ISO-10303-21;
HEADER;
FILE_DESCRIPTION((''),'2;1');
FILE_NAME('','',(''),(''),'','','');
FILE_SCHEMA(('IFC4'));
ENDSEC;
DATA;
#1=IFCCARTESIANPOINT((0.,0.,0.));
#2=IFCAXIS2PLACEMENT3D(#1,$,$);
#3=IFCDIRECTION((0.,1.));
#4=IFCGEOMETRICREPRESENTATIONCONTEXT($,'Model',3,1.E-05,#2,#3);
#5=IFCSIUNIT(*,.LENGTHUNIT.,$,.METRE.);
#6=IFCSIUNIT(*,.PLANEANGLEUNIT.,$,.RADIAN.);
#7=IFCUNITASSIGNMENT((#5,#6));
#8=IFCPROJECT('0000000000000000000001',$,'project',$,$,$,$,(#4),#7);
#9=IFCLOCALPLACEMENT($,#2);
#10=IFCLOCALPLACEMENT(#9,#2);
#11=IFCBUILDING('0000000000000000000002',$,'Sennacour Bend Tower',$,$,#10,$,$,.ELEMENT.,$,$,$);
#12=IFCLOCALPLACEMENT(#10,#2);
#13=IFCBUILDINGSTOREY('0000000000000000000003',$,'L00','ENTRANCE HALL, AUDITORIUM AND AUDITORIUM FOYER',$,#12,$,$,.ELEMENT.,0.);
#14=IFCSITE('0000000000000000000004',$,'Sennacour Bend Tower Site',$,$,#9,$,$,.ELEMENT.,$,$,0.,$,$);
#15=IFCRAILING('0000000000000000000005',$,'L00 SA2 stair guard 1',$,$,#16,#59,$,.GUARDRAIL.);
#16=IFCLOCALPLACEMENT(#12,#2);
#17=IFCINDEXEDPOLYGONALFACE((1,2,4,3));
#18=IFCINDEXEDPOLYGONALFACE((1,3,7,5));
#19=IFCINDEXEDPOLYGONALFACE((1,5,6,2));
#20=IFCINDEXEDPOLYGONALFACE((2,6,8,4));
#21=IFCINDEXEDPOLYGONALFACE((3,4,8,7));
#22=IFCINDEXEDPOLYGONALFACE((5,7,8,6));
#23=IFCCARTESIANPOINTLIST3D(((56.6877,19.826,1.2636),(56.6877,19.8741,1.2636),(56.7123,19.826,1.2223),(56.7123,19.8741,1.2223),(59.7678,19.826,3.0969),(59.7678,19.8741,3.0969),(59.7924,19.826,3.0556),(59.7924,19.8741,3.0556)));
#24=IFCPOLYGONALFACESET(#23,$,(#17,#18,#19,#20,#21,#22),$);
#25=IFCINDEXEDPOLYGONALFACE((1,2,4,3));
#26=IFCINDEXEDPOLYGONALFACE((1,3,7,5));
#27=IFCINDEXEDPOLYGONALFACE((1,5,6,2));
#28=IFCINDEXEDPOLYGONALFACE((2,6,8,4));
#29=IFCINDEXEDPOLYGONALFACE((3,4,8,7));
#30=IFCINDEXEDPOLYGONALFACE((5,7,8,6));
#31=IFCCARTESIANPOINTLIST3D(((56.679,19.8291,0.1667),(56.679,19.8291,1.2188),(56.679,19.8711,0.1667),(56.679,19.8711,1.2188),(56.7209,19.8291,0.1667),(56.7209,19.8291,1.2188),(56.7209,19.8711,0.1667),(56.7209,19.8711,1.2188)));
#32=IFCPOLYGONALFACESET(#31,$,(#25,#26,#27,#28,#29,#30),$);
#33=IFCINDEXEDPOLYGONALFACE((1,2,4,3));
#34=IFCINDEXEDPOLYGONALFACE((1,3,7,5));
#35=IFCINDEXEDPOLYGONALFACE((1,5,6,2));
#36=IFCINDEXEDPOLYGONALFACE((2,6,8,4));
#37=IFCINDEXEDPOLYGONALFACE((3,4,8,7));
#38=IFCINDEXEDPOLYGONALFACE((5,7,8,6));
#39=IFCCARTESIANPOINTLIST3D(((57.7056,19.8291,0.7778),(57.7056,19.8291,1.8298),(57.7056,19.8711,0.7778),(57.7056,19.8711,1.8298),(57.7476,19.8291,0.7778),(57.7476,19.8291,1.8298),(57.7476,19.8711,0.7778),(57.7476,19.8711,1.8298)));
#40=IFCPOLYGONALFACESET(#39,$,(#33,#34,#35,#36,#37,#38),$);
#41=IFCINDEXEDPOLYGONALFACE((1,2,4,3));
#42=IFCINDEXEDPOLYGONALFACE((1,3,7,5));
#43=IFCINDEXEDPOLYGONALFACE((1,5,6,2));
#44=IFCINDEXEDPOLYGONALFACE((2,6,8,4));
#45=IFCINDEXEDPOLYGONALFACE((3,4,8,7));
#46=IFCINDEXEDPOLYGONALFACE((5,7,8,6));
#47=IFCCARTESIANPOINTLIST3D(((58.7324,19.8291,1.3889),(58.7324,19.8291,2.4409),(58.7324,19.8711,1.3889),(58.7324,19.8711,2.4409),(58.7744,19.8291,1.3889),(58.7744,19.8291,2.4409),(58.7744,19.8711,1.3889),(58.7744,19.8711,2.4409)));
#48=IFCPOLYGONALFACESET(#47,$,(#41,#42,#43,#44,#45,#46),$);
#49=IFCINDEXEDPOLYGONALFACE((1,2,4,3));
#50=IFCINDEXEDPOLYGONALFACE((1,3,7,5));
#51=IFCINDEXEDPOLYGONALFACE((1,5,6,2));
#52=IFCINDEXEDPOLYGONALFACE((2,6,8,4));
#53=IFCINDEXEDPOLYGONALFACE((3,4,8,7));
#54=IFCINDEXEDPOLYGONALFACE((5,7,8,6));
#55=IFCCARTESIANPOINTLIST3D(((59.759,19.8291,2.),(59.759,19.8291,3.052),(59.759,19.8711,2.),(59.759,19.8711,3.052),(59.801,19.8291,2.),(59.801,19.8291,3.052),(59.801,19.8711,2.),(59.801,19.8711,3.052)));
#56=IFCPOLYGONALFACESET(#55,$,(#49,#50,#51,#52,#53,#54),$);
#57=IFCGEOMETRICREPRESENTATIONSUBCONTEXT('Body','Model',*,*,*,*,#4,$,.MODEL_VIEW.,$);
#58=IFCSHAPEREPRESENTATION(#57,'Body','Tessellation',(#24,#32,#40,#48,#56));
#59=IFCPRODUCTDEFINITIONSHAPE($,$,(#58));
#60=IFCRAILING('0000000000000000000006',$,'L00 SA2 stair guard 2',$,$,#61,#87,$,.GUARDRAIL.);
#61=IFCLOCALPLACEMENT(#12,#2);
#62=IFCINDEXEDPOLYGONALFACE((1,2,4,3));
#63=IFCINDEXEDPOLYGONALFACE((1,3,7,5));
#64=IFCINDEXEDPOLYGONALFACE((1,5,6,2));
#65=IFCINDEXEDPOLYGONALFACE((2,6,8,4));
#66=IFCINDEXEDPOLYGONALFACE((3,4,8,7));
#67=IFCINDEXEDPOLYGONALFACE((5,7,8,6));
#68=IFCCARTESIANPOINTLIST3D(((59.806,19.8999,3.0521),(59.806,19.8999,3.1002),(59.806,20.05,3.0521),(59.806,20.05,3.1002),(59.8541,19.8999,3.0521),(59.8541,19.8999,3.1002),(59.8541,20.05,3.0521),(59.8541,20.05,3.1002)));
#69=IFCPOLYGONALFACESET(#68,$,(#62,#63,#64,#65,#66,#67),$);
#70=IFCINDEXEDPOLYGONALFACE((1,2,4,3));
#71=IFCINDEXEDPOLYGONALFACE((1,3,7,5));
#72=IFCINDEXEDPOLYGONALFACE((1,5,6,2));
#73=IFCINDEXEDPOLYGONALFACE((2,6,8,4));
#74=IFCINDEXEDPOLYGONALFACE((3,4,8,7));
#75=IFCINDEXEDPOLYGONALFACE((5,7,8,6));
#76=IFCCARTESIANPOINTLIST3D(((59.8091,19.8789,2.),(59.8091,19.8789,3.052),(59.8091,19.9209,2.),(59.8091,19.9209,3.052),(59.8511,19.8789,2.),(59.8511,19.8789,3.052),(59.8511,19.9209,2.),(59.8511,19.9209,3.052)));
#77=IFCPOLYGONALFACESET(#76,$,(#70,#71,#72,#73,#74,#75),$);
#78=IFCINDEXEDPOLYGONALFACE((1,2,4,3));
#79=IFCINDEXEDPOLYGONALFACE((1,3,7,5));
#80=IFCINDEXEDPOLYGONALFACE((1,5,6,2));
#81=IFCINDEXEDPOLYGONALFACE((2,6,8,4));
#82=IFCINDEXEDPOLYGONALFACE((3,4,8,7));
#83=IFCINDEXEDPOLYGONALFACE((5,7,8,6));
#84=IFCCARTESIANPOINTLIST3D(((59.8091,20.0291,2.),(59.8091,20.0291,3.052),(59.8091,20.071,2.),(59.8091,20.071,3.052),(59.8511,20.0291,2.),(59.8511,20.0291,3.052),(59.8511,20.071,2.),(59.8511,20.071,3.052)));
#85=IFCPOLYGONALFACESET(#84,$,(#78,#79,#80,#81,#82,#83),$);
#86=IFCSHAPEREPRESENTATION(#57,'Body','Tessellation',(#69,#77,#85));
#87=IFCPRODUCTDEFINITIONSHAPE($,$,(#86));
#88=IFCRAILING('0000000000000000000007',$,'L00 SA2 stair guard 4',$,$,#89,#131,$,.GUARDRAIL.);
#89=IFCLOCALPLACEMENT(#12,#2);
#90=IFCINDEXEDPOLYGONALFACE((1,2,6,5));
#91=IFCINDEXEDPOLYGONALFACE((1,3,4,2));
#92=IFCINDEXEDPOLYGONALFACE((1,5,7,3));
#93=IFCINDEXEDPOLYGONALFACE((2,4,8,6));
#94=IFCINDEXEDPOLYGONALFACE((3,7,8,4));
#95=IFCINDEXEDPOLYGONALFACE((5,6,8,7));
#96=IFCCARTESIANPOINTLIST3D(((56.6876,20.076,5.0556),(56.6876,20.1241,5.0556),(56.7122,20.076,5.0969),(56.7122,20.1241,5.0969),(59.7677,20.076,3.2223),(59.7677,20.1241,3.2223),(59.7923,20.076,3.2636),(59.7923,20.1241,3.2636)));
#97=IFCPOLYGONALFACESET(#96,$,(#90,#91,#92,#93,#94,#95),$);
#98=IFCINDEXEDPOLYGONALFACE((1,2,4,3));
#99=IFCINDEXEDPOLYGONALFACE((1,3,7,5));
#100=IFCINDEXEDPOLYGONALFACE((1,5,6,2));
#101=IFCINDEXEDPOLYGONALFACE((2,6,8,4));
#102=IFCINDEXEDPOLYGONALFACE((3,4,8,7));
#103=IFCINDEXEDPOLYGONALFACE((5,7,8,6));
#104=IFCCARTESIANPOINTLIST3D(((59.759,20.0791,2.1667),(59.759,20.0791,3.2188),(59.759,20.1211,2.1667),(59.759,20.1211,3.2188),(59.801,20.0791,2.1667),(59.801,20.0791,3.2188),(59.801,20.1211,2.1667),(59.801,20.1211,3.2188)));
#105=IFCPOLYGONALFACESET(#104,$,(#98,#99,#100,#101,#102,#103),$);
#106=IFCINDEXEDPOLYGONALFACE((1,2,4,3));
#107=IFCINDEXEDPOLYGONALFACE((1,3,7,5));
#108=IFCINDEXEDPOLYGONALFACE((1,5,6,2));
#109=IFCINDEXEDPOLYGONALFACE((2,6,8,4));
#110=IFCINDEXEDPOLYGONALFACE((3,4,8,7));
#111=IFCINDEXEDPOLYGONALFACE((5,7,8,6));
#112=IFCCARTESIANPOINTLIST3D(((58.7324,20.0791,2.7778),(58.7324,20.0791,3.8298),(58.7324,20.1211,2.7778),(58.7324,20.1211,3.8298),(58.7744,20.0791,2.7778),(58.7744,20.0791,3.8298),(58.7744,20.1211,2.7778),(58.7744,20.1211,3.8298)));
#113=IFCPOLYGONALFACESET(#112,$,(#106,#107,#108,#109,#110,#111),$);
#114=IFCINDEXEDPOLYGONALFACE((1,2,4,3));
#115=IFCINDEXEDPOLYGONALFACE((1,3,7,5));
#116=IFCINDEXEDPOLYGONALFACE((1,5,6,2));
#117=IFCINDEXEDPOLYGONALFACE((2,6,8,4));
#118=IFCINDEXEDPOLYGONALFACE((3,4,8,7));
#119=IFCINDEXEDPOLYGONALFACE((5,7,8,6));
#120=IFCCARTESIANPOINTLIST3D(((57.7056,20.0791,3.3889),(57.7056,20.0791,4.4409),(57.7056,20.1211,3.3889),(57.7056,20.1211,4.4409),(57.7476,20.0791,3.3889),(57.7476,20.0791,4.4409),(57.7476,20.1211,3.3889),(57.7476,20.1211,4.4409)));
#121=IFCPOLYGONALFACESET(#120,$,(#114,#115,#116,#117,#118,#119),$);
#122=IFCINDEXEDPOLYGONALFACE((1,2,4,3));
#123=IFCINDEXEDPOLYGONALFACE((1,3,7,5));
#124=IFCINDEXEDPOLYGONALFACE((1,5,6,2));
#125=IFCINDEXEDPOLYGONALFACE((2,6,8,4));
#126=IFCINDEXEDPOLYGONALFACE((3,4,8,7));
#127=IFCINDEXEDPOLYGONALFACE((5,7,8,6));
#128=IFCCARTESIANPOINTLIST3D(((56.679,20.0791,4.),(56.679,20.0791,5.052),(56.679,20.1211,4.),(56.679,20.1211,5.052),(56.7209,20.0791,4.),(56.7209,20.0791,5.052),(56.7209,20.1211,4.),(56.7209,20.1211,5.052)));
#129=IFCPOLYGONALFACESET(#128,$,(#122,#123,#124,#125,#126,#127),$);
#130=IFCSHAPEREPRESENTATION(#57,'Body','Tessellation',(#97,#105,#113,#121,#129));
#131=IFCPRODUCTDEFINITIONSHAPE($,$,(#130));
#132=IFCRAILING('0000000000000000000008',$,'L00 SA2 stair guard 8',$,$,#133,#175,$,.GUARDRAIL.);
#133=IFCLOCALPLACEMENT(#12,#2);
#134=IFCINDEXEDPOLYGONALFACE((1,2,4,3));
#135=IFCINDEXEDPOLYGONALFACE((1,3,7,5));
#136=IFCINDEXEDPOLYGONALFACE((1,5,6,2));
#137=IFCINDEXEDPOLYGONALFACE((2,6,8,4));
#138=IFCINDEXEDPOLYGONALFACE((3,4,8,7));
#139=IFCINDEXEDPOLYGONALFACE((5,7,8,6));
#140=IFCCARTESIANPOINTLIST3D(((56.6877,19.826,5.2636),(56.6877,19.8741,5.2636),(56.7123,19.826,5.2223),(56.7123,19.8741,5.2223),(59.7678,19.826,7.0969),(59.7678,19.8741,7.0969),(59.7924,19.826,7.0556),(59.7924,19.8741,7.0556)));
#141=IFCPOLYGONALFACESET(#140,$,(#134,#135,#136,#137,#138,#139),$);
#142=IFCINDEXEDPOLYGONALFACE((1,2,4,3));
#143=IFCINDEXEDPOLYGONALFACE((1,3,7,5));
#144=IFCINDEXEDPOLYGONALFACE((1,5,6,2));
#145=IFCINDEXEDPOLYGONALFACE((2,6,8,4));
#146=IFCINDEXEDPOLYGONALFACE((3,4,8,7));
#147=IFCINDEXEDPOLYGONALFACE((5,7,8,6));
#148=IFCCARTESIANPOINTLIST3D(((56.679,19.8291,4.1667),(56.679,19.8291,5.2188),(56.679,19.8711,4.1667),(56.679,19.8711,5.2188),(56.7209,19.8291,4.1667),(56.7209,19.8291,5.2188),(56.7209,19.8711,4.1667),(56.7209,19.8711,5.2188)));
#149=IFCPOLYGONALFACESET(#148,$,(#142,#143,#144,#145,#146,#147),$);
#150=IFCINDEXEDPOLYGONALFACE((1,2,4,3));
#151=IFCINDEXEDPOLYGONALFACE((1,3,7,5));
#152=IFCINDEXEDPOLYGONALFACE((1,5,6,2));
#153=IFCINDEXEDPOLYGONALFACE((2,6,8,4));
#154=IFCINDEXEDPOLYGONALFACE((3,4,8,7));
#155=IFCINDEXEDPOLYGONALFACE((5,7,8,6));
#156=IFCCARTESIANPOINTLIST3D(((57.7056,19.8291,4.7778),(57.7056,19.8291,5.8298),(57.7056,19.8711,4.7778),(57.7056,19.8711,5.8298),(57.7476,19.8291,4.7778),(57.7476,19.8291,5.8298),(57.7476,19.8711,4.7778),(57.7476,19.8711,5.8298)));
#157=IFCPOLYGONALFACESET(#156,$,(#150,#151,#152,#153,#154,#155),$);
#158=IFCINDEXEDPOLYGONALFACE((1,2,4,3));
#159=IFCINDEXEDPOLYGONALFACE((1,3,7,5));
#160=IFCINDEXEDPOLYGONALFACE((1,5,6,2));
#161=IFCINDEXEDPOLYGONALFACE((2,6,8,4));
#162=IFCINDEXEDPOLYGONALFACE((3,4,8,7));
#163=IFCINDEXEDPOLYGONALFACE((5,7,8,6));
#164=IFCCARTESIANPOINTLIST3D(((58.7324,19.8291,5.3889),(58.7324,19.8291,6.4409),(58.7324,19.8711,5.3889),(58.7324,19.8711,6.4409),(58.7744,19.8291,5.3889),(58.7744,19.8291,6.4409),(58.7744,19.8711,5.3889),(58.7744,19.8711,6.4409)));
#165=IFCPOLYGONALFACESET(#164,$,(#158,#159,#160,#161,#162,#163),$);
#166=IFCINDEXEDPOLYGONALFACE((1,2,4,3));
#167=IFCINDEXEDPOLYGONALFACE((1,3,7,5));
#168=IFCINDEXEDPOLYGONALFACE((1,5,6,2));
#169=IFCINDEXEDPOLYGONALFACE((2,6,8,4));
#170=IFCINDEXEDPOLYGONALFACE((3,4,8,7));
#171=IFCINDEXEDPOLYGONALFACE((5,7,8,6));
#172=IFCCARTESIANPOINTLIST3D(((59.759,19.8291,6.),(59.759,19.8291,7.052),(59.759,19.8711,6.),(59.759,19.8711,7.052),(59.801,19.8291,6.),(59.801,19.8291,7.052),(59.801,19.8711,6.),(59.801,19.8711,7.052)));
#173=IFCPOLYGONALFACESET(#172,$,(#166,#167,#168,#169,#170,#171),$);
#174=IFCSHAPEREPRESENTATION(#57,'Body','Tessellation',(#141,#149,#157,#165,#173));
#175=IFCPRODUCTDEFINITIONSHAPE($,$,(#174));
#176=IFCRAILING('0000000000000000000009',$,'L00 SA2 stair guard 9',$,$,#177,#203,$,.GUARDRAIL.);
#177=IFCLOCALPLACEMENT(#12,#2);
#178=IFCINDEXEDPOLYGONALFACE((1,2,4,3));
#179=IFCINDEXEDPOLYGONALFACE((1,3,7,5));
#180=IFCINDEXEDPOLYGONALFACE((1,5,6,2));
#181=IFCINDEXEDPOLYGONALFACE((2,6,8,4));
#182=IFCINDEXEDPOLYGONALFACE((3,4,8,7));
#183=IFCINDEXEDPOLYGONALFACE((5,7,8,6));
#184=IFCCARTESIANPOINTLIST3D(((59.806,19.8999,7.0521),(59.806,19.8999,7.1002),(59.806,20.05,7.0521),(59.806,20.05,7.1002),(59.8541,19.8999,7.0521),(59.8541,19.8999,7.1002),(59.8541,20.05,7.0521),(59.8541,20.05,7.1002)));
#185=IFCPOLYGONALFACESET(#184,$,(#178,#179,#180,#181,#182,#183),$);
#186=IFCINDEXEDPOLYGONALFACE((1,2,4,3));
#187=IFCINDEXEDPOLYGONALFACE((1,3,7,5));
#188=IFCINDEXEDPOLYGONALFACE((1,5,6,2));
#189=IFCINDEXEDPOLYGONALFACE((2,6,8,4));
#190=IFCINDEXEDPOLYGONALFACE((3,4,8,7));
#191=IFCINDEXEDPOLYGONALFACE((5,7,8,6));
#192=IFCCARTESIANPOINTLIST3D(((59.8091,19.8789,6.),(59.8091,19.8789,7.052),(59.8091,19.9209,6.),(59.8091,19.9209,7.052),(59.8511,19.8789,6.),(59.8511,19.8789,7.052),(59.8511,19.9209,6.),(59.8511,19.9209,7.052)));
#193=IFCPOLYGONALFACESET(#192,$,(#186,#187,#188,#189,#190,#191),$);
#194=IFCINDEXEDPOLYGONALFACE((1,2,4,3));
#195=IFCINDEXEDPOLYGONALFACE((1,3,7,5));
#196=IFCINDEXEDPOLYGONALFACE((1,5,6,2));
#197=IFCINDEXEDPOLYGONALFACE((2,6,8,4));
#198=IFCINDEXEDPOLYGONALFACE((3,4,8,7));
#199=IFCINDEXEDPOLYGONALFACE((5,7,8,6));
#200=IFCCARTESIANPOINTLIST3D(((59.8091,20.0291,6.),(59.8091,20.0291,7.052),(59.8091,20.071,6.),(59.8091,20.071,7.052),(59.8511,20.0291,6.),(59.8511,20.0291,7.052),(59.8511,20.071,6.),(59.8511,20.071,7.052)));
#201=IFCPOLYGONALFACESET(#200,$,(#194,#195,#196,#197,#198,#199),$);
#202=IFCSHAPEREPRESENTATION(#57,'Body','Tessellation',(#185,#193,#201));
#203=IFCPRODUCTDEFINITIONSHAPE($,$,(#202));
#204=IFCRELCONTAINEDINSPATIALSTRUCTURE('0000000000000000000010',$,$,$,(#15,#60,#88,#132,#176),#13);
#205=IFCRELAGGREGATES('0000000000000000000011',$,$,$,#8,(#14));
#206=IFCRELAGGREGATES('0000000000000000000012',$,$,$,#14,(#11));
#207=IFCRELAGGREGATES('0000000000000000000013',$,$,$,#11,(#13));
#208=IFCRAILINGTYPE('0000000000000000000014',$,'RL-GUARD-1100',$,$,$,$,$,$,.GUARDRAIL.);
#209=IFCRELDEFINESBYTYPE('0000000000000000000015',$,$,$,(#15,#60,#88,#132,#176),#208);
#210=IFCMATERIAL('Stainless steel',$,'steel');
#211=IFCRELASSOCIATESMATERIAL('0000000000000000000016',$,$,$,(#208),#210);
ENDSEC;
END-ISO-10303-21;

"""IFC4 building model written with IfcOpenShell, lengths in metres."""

from ifc_helpers import new_model, si_unit, direction, frame, origin, origin_2d, place, context, subcontext, project, spatial, rectangle, extrude, material, type_object, element, save


model = new_model("IFC4")

# Units and contexts
model_context = context("Model", 3, precision=1e-05, world=origin(), true_north=direction((0.0, 1.0)))
body_context = subcontext(model_context, "Body", "Model", "MODEL_VIEW")
ifc_project = project(units=[si_unit("LENGTHUNIT", "METRE"), si_unit("PLANEANGLEUNIT", "RADIAN")], contexts=[model_context])

# Site, building, storey
site_placement = place(None, origin())
site = spatial("IfcSite", under=ifc_project, at=site_placement, Name="Sennacour Bend Tower Site", CompositionType="ELEMENT", RefElevation=0.0)
building_placement = place(site_placement, origin())
building = spatial("IfcBuilding", under=site, at=building_placement, Name="Sennacour Bend Tower", CompositionType="ELEMENT")
storey_placement = place(building_placement, origin())
storey = spatial("IfcBuildingStorey", under=building, at=storey_placement, Name="L00", Description="ENTRANCE HALL, AUDITORIUM AND AUDITORIUM FOYER", CompositionType="ELEMENT", Elevation=0.0)

# Shared definitions
ifc_material_1 = material(Name="Stainless steel", Category="steel")

# Railings
railing_type_1 = type_object("IfcRailingType", Name="RL-GUARD-1100", PredefinedType="GUARDRAIL", material=ifc_material_1)
railing_1_placement = place(storey_placement, frame((56.7, 19.8501, 0.1667)))
element("IfcRailing", 1, at=railing_1_placement, inside=storey, type_object=railing_type_1, Name="L00 SA2 stair guard 1", PredefinedType="GUARDRAIL", context=body_context, shape_type="SweptSolid", body=[
    extrude(rectangle(XDim=0.0481, YDim=0.0481, at=origin_2d()), frame((0.0, 0.0, 1.0762), z_axis=(0.859309, 0.0, 0.511458), x_axis=(0.0, 1.0, 0.0)), (0.0, 0.0, 1.0), 3.5845),
    extrude(rectangle(XDim=0.042, YDim=0.042, at=origin_2d()), origin(), (0.0, 0.0, 1.0), 1.052),
    extrude(rectangle(XDim=0.042, YDim=0.042, at=origin_2d()), frame((1.0266, 0.0, 0.6111)), (0.0, 0.0, 1.0), 1.052),
    extrude(rectangle(XDim=0.042, YDim=0.042, at=origin_2d()), frame((2.0535, 0.0, 1.2222)), (0.0, 0.0, 1.0), 1.052),
    extrude(rectangle(XDim=0.042, YDim=0.042, at=origin_2d()), frame((3.0801, 0.0, 1.8333)), (0.0, 0.0, 1.0), 1.052),
])
railing_2_placement = place(storey_placement, frame((59.8301, 19.8999, 2.0)))
element("IfcRailing", 2, at=railing_2_placement, inside=storey, type_object=railing_type_1, Name="L00 SA2 stair guard 2", PredefinedType="GUARDRAIL", context=body_context, shape_type="SweptSolid", body=[
    extrude(rectangle(XDim=0.0481, YDim=0.0481, at=origin_2d()), frame((0.0, 0.0, 1.0762), z_axis=(0.0, 1.0, 0.0), x_axis=(-1.0, 0.0, 0.0)), (0.0, 0.0, 1.0), 0.1501),
    extrude(rectangle(XDim=0.042, YDim=0.042, at=origin_2d()), origin(), (0.0, 0.0, 1.0), 1.052),
    extrude(rectangle(XDim=0.042, YDim=0.042, at=origin_2d()), frame((0.0, 0.1501, 0.0)), (0.0, 0.0, 1.0), 1.052),
])
railing_3_placement = place(storey_placement, frame((59.78, 20.1001, 2.1667)))
element("IfcRailing", 3, at=railing_3_placement, inside=storey, type_object=railing_type_1, Name="L00 SA2 stair guard 4", PredefinedType="GUARDRAIL", context=body_context, shape_type="SweptSolid", body=[
    extrude(rectangle(XDim=0.0481, YDim=0.0481, at=origin_2d()), frame((0.0, 0.0, 1.0762), z_axis=(-0.859309, 0.0, 0.511458), x_axis=(0.0, -1.0, 0.0)), (0.0, 0.0, 1.0), 3.5845),
    extrude(rectangle(XDim=0.042, YDim=0.042, at=origin_2d()), origin(), (0.0, 0.0, 1.0), 1.052),
    extrude(rectangle(XDim=0.042, YDim=0.042, at=origin_2d()), frame((-1.0266, 0.0, 0.6111)), (0.0, 0.0, 1.0), 1.052),
    extrude(rectangle(XDim=0.042, YDim=0.042, at=origin_2d()), frame((-2.0535, 0.0, 1.2222)), (0.0, 0.0, 1.0), 1.052),
    extrude(rectangle(XDim=0.042, YDim=0.042, at=origin_2d()), frame((-3.0801, 0.0, 1.8333)), (0.0, 0.0, 1.0), 1.052),
])
railing_4_placement = place(storey_placement, frame((56.7, 19.8501, 4.1667)))
element("IfcRailing", 4, at=railing_4_placement, inside=storey, type_object=railing_type_1, Name="L00 SA2 stair guard 8", PredefinedType="GUARDRAIL", context=body_context, shape_type="SweptSolid", body=[
    extrude(rectangle(XDim=0.0481, YDim=0.0481, at=origin_2d()), frame((0.0, 0.0, 1.0762), z_axis=(0.859309, 0.0, 0.511458), x_axis=(0.0, 1.0, 0.0)), (0.0, 0.0, 1.0), 3.5845),
    extrude(rectangle(XDim=0.042, YDim=0.042, at=origin_2d()), origin(), (0.0, 0.0, 1.0), 1.052),
    extrude(rectangle(XDim=0.042, YDim=0.042, at=origin_2d()), frame((1.0266, 0.0, 0.6111)), (0.0, 0.0, 1.0), 1.052),
    extrude(rectangle(XDim=0.042, YDim=0.042, at=origin_2d()), frame((2.0535, 0.0, 1.2222)), (0.0, 0.0, 1.0), 1.052),
    extrude(rectangle(XDim=0.042, YDim=0.042, at=origin_2d()), frame((3.0801, 0.0, 1.8333)), (0.0, 0.0, 1.0), 1.052),
])
railing_5_placement = place(storey_placement, frame((59.8301, 19.8999, 6.0)))
element("IfcRailing", 5, at=railing_5_placement, inside=storey, type_object=railing_type_1, Name="L00 SA2 stair guard 9", PredefinedType="GUARDRAIL", context=body_context, shape_type="SweptSolid", body=[
    extrude(rectangle(XDim=0.0481, YDim=0.0481, at=origin_2d()), frame((0.0, 0.0, 1.0762), z_axis=(0.0, 1.0, 0.0), x_axis=(-1.0, 0.0, 0.0)), (0.0, 0.0, 1.0), 0.1501),
    extrude(rectangle(XDim=0.042, YDim=0.042, at=origin_2d()), origin(), (0.0, 0.0, 1.0), 1.052),
    extrude(rectangle(XDim=0.042, YDim=0.042, at=origin_2d()), frame((0.0, 0.1501, 0.0)), (0.0, 0.0, 1.0), 1.052),
])

save(model, "model.ifc")
